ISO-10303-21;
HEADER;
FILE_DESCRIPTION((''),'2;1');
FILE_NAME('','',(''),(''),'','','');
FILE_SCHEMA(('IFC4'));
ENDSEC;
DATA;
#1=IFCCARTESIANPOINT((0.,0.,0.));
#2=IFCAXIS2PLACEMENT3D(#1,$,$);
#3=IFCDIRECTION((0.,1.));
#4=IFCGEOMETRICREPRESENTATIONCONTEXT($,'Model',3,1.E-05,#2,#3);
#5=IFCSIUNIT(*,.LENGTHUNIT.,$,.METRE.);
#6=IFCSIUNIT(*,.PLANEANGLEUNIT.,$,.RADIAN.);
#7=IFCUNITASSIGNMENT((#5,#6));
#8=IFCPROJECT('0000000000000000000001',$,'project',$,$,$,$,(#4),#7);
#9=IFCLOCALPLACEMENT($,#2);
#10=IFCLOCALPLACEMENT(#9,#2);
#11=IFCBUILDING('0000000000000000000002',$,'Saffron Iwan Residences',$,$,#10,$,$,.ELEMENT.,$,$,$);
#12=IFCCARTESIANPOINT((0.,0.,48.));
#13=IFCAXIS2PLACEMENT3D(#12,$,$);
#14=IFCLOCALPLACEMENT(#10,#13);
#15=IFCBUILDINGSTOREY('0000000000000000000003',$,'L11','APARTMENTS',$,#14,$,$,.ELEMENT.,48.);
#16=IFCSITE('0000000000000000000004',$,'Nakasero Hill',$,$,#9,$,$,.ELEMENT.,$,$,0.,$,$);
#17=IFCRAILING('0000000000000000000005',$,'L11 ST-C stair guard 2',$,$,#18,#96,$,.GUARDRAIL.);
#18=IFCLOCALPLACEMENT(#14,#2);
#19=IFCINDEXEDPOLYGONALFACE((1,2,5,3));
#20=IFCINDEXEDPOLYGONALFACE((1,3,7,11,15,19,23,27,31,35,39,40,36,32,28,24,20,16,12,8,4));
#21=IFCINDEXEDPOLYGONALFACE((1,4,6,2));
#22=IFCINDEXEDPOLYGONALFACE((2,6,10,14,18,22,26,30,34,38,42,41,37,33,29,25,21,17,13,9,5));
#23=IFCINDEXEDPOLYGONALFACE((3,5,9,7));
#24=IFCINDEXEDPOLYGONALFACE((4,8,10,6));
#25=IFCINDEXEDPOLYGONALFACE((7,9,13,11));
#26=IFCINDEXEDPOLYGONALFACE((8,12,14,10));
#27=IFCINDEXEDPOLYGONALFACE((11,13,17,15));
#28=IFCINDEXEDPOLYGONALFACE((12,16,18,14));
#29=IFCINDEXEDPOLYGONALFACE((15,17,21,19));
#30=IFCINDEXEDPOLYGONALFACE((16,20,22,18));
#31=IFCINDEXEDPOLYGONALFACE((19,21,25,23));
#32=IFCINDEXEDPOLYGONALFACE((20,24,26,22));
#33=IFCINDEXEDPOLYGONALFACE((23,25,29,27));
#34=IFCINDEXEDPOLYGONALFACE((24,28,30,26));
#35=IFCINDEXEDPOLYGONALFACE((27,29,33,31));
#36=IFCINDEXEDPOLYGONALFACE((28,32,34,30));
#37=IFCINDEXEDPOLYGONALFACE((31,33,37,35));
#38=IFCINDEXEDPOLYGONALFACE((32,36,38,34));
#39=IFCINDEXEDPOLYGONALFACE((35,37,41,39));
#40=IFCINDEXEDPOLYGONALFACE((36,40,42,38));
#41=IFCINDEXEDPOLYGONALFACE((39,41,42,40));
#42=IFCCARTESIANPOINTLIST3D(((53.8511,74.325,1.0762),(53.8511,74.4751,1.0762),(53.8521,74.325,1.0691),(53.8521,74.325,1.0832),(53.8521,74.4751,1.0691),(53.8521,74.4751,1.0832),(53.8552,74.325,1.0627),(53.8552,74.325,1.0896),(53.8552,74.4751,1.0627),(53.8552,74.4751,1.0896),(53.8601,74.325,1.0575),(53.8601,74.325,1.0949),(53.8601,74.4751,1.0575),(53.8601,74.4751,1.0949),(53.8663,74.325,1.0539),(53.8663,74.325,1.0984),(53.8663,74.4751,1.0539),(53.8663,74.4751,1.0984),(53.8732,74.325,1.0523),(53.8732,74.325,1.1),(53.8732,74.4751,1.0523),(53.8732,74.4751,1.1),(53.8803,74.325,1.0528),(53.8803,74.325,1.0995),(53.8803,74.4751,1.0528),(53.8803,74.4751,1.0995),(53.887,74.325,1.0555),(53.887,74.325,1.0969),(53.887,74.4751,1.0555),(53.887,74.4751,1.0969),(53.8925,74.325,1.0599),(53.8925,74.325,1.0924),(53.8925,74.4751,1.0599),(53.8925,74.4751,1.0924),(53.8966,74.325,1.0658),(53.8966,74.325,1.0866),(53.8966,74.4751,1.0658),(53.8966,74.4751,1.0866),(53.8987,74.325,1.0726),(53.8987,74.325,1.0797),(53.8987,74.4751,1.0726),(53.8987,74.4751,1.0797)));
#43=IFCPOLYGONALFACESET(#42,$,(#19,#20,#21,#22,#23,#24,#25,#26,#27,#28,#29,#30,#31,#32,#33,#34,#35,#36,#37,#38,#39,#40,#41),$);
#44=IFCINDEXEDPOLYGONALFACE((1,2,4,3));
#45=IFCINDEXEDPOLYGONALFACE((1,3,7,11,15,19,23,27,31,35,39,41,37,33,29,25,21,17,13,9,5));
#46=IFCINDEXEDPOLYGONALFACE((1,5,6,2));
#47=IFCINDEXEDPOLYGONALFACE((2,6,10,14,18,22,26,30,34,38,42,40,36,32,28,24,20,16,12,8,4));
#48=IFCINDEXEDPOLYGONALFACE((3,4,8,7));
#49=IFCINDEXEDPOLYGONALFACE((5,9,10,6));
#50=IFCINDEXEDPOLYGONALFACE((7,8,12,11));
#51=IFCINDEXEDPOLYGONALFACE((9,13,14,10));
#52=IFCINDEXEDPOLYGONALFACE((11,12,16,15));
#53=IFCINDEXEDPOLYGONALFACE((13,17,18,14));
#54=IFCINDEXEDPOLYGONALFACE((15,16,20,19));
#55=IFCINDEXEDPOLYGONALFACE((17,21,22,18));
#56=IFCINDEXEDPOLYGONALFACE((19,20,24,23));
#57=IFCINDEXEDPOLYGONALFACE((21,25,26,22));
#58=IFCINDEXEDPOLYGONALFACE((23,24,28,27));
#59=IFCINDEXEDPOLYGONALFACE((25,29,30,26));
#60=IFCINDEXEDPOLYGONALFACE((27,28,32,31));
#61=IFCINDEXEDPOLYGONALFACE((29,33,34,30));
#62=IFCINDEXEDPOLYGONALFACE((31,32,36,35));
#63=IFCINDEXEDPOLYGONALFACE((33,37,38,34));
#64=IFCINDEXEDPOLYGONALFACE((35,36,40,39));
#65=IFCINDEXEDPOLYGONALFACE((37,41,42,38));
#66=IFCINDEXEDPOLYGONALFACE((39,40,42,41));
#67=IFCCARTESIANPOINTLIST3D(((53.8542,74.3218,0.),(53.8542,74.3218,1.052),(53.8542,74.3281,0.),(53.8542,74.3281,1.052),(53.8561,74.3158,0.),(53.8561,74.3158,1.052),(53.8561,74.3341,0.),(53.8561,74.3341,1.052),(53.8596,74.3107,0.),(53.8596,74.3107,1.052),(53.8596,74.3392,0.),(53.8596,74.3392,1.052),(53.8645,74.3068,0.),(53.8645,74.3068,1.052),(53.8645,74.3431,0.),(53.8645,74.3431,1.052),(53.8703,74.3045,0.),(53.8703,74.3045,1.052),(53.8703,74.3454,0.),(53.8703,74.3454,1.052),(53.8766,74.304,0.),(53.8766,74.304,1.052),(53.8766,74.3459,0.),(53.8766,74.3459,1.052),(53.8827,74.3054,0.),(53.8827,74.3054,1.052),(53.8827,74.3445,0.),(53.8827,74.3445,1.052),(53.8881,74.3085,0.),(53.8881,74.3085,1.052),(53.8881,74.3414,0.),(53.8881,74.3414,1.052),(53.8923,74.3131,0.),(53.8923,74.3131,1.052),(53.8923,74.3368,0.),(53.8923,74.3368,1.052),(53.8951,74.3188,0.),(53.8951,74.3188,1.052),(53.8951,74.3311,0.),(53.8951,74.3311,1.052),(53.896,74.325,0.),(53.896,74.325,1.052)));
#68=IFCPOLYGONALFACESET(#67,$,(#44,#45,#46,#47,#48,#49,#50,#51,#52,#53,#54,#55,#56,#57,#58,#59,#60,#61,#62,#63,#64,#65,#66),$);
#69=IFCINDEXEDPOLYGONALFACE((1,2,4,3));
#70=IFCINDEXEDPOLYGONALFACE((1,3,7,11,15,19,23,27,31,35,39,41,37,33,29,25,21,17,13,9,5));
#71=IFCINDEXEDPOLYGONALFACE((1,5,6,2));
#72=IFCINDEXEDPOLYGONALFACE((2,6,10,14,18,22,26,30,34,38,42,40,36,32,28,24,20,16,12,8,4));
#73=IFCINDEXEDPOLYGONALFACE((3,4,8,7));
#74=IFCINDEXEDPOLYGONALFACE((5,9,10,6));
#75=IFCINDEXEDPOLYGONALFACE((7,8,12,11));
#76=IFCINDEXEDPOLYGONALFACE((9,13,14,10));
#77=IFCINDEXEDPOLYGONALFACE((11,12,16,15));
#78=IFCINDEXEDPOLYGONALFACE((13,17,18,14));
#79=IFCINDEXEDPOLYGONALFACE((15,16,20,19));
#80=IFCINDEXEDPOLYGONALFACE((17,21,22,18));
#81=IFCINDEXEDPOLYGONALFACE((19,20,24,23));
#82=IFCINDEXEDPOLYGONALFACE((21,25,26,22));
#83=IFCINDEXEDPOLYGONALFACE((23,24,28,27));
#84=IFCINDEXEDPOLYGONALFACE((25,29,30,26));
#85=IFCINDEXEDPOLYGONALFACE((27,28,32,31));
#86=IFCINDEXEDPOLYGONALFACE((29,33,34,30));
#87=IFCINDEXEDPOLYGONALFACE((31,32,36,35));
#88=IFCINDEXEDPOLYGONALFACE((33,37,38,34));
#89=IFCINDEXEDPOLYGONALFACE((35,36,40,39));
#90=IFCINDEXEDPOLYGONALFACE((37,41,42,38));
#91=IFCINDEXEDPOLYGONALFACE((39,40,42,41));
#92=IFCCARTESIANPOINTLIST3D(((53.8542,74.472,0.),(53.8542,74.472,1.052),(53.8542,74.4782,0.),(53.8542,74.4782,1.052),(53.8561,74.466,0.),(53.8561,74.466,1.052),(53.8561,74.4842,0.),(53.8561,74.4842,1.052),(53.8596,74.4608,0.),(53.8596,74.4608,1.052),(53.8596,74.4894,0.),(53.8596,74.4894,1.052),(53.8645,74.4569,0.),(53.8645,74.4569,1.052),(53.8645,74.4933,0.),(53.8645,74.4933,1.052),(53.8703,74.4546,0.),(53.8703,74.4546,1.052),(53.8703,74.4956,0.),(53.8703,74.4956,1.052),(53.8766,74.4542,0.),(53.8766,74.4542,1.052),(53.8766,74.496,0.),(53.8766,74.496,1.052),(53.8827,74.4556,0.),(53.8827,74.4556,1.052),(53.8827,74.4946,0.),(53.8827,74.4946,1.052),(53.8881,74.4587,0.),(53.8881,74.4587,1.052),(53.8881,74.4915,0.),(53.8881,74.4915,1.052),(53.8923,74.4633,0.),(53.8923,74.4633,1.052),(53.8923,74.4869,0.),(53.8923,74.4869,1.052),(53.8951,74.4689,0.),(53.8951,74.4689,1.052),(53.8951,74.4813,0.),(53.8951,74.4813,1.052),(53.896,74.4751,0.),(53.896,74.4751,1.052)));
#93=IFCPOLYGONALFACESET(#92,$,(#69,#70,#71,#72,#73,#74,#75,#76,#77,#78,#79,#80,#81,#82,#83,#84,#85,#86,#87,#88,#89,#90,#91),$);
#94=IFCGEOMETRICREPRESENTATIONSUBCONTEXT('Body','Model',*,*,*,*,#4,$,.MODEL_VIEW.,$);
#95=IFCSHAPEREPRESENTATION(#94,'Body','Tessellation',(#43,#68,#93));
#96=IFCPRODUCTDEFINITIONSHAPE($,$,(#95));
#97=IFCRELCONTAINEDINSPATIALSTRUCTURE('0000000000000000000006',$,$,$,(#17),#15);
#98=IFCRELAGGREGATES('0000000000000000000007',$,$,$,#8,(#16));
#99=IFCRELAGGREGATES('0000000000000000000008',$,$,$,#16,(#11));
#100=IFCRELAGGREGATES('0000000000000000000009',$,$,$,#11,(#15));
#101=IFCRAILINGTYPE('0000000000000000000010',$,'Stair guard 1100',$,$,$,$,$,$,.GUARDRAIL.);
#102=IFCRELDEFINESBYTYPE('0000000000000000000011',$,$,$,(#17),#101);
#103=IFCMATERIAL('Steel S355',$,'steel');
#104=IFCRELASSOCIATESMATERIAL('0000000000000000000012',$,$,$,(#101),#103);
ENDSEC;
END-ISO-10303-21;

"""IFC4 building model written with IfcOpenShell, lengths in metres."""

from ifc_helpers import new_model, si_unit, direction, frame, origin, origin_2d, place, context, subcontext, project, spatial, circle, extrude, material, type_object, element, save


model = new_model("IFC4")

# Units and contexts
model_context = context("Model", 3, precision=1e-05, world=origin(), true_north=direction((0.0, 1.0)))
body_context = subcontext(model_context, "Body", "Model", "MODEL_VIEW")
ifc_project = project(units=[si_unit("LENGTHUNIT", "METRE"), si_unit("PLANEANGLEUNIT", "RADIAN")], contexts=[model_context])

# Site, building, storey
site_placement = place(None, origin())
site = spatial("IfcSite", under=ifc_project, at=site_placement, Name="Nakasero Hill", CompositionType="ELEMENT", RefElevation=0.0)
building_placement = place(site_placement, origin())
building = spatial("IfcBuilding", under=site, at=building_placement, Name="Saffron Iwan Residences", CompositionType="ELEMENT")
storey_placement = place(building_placement, frame((0.0, 0.0, 48.0)))
storey = spatial("IfcBuildingStorey", under=building, at=storey_placement, Name="L11", Description="APARTMENTS", CompositionType="ELEMENT", Elevation=48.0)

# Railing
ifc_material_1 = material(Name="Steel S355", Category="steel")
railing_type_1 = type_object("IfcRailingType", Name="Stair guard 1100", PredefinedType="GUARDRAIL", material=ifc_material_1)
railing_1_placement = place(storey_placement, frame((53.875, 74.325, 0.0)))
element("IfcRailing", 1, at=railing_1_placement, inside=storey, type_object=railing_type_1, Name="L11 ST-C stair guard 2", PredefinedType="GUARDRAIL", context=body_context, shape_type="SweptSolid", body=[
    extrude(circle(Radius=0.0239, at=origin_2d()), frame((0.0, 0.0, 1.0762), z_axis=(0.0, 1.0, 0.0), x_axis=(-1.0, 0.0, 0.0)), (0.0, 0.0, 1.0), 0.1501),
    extrude(circle(Radius=0.021, at=origin_2d()), origin(), (0.0, 0.0, 1.0), 1.052),
    extrude(circle(Radius=0.021, at=origin_2d()), frame((0.0, 0.1501, 0.0)), (0.0, 0.0, 1.0), 1.052),
])

save(model, "model.ifc")
